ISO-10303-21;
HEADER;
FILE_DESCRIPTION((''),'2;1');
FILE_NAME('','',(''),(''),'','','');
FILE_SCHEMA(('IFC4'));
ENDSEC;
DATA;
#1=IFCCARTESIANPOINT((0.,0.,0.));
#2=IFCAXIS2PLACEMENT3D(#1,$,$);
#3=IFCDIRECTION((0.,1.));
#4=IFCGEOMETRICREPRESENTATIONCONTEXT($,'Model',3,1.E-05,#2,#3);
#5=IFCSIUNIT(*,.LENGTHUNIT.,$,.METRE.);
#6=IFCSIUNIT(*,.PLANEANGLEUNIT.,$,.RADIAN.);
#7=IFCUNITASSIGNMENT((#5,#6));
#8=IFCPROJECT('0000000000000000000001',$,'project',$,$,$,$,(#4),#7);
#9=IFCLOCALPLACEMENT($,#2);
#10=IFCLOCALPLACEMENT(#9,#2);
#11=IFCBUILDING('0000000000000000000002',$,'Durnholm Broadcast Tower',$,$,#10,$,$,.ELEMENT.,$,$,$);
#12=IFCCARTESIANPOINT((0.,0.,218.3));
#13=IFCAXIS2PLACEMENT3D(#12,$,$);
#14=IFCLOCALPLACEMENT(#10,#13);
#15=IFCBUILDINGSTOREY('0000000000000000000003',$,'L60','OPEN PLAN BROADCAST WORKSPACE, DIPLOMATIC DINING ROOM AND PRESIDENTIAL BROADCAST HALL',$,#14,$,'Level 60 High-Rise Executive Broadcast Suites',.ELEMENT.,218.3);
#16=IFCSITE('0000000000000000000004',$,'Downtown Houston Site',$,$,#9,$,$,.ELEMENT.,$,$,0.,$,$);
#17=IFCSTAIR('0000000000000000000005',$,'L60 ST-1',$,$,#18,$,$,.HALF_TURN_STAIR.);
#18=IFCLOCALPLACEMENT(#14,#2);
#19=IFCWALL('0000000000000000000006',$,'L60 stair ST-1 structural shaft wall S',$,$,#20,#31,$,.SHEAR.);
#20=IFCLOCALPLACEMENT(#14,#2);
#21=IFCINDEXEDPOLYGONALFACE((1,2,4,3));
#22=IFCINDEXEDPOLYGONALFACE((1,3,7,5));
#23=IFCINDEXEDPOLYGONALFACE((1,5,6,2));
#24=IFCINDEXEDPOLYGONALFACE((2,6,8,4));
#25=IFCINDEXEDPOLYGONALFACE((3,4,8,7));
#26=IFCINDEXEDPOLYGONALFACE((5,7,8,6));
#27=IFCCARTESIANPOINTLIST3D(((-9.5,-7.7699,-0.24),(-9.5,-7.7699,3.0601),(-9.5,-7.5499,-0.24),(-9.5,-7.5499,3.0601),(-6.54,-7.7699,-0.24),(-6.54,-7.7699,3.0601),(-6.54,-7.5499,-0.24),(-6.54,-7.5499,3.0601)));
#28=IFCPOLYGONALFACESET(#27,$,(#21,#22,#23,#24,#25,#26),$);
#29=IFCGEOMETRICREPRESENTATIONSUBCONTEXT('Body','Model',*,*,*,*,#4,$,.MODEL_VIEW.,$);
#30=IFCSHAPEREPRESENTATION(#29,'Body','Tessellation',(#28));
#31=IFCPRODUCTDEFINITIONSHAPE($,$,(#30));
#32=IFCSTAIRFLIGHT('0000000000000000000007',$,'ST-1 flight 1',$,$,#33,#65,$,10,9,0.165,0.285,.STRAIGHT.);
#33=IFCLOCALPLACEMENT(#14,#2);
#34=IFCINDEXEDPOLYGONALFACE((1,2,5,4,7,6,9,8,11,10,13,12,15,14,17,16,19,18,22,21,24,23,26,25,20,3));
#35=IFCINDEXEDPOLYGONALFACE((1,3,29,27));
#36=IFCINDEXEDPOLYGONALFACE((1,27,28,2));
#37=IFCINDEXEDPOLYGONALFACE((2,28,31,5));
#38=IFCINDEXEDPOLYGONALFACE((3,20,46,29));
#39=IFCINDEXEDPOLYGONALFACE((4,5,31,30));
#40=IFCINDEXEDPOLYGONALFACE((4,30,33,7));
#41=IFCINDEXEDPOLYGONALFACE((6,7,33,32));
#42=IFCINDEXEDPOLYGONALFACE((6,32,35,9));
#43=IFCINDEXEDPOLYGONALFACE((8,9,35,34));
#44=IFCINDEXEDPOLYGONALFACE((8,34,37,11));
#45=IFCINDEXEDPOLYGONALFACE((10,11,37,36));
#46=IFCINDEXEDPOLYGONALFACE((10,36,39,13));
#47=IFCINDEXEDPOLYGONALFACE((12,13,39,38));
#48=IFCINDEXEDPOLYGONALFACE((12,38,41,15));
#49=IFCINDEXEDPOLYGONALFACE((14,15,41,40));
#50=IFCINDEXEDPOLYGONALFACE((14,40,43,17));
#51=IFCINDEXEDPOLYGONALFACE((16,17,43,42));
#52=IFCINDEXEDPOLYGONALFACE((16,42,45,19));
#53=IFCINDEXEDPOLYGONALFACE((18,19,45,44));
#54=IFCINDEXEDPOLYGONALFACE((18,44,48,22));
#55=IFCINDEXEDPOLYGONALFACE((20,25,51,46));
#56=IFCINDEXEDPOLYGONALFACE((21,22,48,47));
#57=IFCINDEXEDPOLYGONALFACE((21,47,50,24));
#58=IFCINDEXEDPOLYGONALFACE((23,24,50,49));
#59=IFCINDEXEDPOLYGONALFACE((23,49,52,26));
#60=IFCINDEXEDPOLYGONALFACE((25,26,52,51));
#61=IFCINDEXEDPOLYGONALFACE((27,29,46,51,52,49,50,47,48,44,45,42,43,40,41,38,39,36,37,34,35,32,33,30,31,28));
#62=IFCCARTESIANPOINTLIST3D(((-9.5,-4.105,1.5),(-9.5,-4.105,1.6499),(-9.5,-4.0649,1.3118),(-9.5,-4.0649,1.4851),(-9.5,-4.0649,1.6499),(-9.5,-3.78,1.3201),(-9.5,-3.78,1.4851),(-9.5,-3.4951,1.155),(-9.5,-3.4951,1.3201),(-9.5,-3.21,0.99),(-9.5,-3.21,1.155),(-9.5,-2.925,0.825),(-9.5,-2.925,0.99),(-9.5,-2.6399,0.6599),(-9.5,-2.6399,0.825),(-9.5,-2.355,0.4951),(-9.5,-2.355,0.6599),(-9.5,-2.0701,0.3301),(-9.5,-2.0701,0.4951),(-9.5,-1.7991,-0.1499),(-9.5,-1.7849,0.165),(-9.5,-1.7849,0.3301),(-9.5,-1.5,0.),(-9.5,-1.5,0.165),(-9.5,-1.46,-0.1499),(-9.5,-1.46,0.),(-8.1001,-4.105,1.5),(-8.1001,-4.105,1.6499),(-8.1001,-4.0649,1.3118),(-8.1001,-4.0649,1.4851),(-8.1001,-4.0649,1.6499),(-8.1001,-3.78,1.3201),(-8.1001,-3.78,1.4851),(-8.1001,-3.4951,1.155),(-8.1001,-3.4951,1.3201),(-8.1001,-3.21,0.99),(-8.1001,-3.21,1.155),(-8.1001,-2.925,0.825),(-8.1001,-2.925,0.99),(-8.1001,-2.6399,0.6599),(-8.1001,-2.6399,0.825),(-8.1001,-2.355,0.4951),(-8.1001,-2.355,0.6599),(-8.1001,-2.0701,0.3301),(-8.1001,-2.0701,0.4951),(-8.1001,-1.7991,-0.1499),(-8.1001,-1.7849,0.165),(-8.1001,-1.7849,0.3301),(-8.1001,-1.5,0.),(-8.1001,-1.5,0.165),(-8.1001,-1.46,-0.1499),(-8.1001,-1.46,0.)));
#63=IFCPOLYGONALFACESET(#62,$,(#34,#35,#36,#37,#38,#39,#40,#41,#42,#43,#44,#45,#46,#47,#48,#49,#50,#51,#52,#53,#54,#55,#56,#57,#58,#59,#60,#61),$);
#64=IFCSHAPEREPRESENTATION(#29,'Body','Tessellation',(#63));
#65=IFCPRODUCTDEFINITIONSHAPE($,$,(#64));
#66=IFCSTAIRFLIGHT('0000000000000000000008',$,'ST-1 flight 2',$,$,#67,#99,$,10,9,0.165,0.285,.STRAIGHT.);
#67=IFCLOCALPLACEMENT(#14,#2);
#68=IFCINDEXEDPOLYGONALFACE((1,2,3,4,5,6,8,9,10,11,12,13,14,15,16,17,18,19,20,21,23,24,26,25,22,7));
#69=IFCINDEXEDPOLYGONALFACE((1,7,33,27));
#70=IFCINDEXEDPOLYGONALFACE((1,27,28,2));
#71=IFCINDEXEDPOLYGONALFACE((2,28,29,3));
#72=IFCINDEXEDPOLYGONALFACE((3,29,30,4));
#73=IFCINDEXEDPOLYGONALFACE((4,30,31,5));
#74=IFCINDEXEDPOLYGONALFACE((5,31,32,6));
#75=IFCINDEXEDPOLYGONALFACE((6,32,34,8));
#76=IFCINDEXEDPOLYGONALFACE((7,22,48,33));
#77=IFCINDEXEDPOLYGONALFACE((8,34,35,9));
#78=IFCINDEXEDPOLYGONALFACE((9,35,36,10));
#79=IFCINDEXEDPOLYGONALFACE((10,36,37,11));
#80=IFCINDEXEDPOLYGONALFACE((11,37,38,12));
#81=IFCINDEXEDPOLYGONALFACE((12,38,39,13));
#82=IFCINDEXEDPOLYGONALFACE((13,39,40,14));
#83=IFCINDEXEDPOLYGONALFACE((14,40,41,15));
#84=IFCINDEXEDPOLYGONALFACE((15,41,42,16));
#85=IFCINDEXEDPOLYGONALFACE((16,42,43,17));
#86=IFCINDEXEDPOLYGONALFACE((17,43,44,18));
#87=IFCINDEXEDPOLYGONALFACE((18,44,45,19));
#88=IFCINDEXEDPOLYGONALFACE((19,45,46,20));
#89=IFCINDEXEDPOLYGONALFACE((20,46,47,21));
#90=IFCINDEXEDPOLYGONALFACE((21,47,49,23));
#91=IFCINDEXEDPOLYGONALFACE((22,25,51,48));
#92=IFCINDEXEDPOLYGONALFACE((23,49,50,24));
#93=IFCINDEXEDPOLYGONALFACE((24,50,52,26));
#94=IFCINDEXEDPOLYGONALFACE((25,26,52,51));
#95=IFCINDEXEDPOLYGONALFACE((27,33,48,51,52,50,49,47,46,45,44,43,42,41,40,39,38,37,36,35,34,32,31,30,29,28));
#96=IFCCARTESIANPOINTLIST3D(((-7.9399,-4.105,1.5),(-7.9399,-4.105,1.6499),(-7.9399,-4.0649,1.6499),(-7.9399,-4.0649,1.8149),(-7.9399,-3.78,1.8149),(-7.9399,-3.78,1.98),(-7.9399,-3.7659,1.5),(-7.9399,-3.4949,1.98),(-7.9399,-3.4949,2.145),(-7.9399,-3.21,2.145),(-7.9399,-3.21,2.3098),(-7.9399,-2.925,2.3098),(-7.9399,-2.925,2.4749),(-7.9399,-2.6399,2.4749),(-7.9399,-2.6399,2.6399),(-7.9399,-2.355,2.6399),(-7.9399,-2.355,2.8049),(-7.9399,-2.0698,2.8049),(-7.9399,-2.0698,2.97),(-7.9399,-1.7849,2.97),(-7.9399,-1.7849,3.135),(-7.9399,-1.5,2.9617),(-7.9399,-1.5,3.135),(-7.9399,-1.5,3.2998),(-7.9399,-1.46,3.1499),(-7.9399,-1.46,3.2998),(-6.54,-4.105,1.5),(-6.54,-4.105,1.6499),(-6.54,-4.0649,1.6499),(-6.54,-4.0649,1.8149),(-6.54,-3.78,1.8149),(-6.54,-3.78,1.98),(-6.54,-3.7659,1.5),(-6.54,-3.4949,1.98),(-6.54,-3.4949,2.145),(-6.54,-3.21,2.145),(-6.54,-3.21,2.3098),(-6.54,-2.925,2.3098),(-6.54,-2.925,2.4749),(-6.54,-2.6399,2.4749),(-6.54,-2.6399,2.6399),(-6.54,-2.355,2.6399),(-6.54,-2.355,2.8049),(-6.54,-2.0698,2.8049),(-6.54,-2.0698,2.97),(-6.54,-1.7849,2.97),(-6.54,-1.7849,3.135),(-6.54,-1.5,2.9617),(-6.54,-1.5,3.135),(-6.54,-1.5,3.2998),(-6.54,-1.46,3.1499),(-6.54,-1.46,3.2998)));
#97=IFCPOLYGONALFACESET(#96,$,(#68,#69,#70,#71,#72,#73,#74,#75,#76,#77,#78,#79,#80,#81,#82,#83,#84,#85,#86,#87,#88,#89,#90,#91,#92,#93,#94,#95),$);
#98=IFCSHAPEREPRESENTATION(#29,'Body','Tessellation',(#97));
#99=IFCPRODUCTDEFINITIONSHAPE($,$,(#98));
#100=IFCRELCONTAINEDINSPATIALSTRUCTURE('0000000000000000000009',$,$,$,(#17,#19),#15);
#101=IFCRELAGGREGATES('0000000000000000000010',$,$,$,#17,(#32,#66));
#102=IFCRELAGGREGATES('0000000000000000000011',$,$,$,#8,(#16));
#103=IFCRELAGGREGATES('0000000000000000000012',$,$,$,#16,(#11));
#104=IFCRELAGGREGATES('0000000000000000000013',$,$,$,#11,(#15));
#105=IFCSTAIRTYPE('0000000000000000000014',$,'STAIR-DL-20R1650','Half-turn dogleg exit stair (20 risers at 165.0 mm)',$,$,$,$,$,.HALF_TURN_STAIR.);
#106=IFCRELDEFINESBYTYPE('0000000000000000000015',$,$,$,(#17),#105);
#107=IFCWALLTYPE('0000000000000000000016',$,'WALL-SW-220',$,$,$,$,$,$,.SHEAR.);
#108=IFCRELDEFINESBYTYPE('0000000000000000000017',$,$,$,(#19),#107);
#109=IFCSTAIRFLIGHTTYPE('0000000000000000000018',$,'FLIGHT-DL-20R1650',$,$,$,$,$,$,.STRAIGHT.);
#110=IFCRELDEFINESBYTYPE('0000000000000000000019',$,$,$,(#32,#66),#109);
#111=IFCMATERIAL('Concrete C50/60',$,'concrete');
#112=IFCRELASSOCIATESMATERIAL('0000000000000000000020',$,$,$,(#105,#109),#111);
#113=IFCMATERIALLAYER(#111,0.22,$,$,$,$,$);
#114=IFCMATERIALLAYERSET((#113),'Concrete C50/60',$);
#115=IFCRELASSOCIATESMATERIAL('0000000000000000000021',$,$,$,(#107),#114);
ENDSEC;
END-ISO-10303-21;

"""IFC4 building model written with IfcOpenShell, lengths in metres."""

from ifc_helpers import new_model, si_unit, direction, frame, frame_2d, origin, place, context, subcontext, project, spatial, polyline, rectangle, outline, extrude, material, layer, layer_set, type_object, element, aggregate, save


model = new_model("IFC4")

# Units and contexts
model_context = context("Model", 3, precision=1e-05, world=origin(), true_north=direction((0.0, 1.0)))
body_context = subcontext(model_context, "Body", "Model", "MODEL_VIEW")
ifc_project = project(units=[si_unit("LENGTHUNIT", "METRE"), si_unit("PLANEANGLEUNIT", "RADIAN")], contexts=[model_context])

# Site, building, storey
site_placement = place(None, origin())
site = spatial("IfcSite", under=ifc_project, at=site_placement, Name="Downtown Houston Site", CompositionType="ELEMENT", RefElevation=0.0)
building_placement = place(site_placement, origin())
building = spatial("IfcBuilding", under=site, at=building_placement, Name="Durnholm Broadcast Tower", CompositionType="ELEMENT")
storey_placement = place(building_placement, frame((0.0, 0.0, 218.3)))
storey = spatial("IfcBuildingStorey", under=building, at=storey_placement, Name="L60", Description="OPEN PLAN BROADCAST WORKSPACE, DIPLOMATIC DINING ROOM AND PRESIDENTIAL BROADCAST HALL", LongName="Level 60 High-Rise Executive Broadcast Suites", CompositionType="ELEMENT", Elevation=218.3)

# Shared definitions
ifc_material_1 = material(Name="Concrete C50/60", Category="concrete")

# Stair
stair_type = type_object("IfcStairType", Name="STAIR-DL-20R1650", Description="Half-turn dogleg exit stair (20 risers at 165.0 mm)", PredefinedType="HALF_TURN_STAIR", material=ifc_material_1)
stair_placement = place(storey_placement, origin())
stair = element("IfcStair", 1, at=stair_placement, inside=storey, type_object=stair_type, Name="L60 ST-1", PredefinedType="HALF_TURN_STAIR")

# Shared definitions
ifc_layer_1 = layer(ifc_material_1, 0.22)
ifc_layer_set_1 = layer_set([ifc_layer_1], Name="Concrete C50/60")
wall_type_1 = type_object("IfcWallType", Name="WALL-SW-220", PredefinedType="SHEAR", material=ifc_layer_set_1)

# Wall
wall_1_placement = place(storey_placement, frame((-9.5, -7.6599, -0.24), z_axis=(0.0, 0.0, 1.0), x_axis=(1.0, 0.0, 0.0)))
element("IfcWall", 2, at=wall_1_placement, inside=storey, type_object=wall_type_1, Name="L60 stair ST-1 structural shaft wall S", PredefinedType="SHEAR", context=body_context, shape_type="SweptSolid", body=[
    extrude(rectangle(XDim=2.96, YDim=0.22, at=frame_2d((1.48, 0.0))), origin(), (0.0, 0.0, 1.0), 3.3),
])

# Stair flights
stair_flight_type = type_object("IfcStairFlightType", Name="FLIGHT-DL-20R1650", PredefinedType="STRAIGHT", material=ifc_material_1)
stair_flight_1_placement = place(storey_placement, frame((-8.8, -1.5, 0.0), z_axis=(0.0, 0.0, 1.0), x_axis=(0.0, -1.0, 0.0)))
stair_flight_1 = element("IfcStairFlight", 3, at=stair_flight_1_placement, type_object=stair_flight_type, Name="ST-1 flight 1", NumberOfRisers=10, NumberOfTreads=9, PredefinedType="STRAIGHT", RiserHeight=0.165, TreadLength=0.285, context=body_context, shape_type="SweptSolid", body=[
    extrude(outline(polyline([(-0.04, -0.1499), (-0.04, 0.0), (0.0, 0.0), (0.0, 0.165), (0.2849, 0.165), (0.2849, 0.3301), (0.5701, 0.3301), (0.5701, 0.4951), (0.855, 0.4951), (0.855, 0.6599), (1.1399, 0.6599), (1.1399, 0.825), (1.425, 0.825), (1.425, 0.99), (1.71, 0.99), (1.71, 1.155), (1.9951, 1.155), (1.9951, 1.3201), (2.28, 1.3201), (2.28, 1.4851), (2.5649, 1.4851), (2.5649, 1.6499), (2.605, 1.6499), (2.605, 1.5), (2.5649, 1.3118), (0.2991, -0.1499), (-0.04, -0.1499)])), frame((0.0, 0.7, 0.0), z_axis=(0.0, -1.0, 0.0), x_axis=(1.0, 0.0, 0.0)), (0.0, 0.0, 1.0), 1.3999),
])
stair_flight_2_placement = place(storey_placement, frame((-7.24, -4.0649, 1.6499), z_axis=(0.0, 0.0, 1.0), x_axis=(0.0, 1.0, 0.0)))
stair_flight_2 = element("IfcStairFlight", 4, at=stair_flight_2_placement, type_object=stair_flight_type, Name="ST-1 flight 2", NumberOfRisers=10, NumberOfTreads=9, PredefinedType="STRAIGHT", RiserHeight=0.165, TreadLength=0.285, context=body_context, shape_type="SweptSolid", body=[
    extrude(outline(polyline([(-0.04, -0.1499), (-0.04, 0.0), (0.0, 0.0), (0.0, 0.165), (0.2849, 0.165), (0.2849, 0.3301), (0.5701, 0.3301), (0.5701, 0.4951), (0.855, 0.4951), (0.855, 0.6599), (1.1399, 0.6599), (1.1399, 0.825), (1.425, 0.825), (1.425, 0.99), (1.71, 0.99), (1.71, 1.155), (1.9951, 1.155), (1.9951, 1.3201), (2.28, 1.3201), (2.28, 1.4851), (2.5649, 1.4851), (2.5649, 1.6499), (2.605, 1.6499), (2.605, 1.5), (2.5649, 1.3118), (0.2991, -0.1499), (-0.04, -0.1499)])), frame((0.0, 0.7, 0.0), z_axis=(0.0, -1.0, 0.0), x_axis=(1.0, 0.0, 0.0)), (0.0, 0.0, 1.0), 1.3999),
])
aggregate(stair, [stair_flight_1, stair_flight_2])

save(model, "model.ifc")
